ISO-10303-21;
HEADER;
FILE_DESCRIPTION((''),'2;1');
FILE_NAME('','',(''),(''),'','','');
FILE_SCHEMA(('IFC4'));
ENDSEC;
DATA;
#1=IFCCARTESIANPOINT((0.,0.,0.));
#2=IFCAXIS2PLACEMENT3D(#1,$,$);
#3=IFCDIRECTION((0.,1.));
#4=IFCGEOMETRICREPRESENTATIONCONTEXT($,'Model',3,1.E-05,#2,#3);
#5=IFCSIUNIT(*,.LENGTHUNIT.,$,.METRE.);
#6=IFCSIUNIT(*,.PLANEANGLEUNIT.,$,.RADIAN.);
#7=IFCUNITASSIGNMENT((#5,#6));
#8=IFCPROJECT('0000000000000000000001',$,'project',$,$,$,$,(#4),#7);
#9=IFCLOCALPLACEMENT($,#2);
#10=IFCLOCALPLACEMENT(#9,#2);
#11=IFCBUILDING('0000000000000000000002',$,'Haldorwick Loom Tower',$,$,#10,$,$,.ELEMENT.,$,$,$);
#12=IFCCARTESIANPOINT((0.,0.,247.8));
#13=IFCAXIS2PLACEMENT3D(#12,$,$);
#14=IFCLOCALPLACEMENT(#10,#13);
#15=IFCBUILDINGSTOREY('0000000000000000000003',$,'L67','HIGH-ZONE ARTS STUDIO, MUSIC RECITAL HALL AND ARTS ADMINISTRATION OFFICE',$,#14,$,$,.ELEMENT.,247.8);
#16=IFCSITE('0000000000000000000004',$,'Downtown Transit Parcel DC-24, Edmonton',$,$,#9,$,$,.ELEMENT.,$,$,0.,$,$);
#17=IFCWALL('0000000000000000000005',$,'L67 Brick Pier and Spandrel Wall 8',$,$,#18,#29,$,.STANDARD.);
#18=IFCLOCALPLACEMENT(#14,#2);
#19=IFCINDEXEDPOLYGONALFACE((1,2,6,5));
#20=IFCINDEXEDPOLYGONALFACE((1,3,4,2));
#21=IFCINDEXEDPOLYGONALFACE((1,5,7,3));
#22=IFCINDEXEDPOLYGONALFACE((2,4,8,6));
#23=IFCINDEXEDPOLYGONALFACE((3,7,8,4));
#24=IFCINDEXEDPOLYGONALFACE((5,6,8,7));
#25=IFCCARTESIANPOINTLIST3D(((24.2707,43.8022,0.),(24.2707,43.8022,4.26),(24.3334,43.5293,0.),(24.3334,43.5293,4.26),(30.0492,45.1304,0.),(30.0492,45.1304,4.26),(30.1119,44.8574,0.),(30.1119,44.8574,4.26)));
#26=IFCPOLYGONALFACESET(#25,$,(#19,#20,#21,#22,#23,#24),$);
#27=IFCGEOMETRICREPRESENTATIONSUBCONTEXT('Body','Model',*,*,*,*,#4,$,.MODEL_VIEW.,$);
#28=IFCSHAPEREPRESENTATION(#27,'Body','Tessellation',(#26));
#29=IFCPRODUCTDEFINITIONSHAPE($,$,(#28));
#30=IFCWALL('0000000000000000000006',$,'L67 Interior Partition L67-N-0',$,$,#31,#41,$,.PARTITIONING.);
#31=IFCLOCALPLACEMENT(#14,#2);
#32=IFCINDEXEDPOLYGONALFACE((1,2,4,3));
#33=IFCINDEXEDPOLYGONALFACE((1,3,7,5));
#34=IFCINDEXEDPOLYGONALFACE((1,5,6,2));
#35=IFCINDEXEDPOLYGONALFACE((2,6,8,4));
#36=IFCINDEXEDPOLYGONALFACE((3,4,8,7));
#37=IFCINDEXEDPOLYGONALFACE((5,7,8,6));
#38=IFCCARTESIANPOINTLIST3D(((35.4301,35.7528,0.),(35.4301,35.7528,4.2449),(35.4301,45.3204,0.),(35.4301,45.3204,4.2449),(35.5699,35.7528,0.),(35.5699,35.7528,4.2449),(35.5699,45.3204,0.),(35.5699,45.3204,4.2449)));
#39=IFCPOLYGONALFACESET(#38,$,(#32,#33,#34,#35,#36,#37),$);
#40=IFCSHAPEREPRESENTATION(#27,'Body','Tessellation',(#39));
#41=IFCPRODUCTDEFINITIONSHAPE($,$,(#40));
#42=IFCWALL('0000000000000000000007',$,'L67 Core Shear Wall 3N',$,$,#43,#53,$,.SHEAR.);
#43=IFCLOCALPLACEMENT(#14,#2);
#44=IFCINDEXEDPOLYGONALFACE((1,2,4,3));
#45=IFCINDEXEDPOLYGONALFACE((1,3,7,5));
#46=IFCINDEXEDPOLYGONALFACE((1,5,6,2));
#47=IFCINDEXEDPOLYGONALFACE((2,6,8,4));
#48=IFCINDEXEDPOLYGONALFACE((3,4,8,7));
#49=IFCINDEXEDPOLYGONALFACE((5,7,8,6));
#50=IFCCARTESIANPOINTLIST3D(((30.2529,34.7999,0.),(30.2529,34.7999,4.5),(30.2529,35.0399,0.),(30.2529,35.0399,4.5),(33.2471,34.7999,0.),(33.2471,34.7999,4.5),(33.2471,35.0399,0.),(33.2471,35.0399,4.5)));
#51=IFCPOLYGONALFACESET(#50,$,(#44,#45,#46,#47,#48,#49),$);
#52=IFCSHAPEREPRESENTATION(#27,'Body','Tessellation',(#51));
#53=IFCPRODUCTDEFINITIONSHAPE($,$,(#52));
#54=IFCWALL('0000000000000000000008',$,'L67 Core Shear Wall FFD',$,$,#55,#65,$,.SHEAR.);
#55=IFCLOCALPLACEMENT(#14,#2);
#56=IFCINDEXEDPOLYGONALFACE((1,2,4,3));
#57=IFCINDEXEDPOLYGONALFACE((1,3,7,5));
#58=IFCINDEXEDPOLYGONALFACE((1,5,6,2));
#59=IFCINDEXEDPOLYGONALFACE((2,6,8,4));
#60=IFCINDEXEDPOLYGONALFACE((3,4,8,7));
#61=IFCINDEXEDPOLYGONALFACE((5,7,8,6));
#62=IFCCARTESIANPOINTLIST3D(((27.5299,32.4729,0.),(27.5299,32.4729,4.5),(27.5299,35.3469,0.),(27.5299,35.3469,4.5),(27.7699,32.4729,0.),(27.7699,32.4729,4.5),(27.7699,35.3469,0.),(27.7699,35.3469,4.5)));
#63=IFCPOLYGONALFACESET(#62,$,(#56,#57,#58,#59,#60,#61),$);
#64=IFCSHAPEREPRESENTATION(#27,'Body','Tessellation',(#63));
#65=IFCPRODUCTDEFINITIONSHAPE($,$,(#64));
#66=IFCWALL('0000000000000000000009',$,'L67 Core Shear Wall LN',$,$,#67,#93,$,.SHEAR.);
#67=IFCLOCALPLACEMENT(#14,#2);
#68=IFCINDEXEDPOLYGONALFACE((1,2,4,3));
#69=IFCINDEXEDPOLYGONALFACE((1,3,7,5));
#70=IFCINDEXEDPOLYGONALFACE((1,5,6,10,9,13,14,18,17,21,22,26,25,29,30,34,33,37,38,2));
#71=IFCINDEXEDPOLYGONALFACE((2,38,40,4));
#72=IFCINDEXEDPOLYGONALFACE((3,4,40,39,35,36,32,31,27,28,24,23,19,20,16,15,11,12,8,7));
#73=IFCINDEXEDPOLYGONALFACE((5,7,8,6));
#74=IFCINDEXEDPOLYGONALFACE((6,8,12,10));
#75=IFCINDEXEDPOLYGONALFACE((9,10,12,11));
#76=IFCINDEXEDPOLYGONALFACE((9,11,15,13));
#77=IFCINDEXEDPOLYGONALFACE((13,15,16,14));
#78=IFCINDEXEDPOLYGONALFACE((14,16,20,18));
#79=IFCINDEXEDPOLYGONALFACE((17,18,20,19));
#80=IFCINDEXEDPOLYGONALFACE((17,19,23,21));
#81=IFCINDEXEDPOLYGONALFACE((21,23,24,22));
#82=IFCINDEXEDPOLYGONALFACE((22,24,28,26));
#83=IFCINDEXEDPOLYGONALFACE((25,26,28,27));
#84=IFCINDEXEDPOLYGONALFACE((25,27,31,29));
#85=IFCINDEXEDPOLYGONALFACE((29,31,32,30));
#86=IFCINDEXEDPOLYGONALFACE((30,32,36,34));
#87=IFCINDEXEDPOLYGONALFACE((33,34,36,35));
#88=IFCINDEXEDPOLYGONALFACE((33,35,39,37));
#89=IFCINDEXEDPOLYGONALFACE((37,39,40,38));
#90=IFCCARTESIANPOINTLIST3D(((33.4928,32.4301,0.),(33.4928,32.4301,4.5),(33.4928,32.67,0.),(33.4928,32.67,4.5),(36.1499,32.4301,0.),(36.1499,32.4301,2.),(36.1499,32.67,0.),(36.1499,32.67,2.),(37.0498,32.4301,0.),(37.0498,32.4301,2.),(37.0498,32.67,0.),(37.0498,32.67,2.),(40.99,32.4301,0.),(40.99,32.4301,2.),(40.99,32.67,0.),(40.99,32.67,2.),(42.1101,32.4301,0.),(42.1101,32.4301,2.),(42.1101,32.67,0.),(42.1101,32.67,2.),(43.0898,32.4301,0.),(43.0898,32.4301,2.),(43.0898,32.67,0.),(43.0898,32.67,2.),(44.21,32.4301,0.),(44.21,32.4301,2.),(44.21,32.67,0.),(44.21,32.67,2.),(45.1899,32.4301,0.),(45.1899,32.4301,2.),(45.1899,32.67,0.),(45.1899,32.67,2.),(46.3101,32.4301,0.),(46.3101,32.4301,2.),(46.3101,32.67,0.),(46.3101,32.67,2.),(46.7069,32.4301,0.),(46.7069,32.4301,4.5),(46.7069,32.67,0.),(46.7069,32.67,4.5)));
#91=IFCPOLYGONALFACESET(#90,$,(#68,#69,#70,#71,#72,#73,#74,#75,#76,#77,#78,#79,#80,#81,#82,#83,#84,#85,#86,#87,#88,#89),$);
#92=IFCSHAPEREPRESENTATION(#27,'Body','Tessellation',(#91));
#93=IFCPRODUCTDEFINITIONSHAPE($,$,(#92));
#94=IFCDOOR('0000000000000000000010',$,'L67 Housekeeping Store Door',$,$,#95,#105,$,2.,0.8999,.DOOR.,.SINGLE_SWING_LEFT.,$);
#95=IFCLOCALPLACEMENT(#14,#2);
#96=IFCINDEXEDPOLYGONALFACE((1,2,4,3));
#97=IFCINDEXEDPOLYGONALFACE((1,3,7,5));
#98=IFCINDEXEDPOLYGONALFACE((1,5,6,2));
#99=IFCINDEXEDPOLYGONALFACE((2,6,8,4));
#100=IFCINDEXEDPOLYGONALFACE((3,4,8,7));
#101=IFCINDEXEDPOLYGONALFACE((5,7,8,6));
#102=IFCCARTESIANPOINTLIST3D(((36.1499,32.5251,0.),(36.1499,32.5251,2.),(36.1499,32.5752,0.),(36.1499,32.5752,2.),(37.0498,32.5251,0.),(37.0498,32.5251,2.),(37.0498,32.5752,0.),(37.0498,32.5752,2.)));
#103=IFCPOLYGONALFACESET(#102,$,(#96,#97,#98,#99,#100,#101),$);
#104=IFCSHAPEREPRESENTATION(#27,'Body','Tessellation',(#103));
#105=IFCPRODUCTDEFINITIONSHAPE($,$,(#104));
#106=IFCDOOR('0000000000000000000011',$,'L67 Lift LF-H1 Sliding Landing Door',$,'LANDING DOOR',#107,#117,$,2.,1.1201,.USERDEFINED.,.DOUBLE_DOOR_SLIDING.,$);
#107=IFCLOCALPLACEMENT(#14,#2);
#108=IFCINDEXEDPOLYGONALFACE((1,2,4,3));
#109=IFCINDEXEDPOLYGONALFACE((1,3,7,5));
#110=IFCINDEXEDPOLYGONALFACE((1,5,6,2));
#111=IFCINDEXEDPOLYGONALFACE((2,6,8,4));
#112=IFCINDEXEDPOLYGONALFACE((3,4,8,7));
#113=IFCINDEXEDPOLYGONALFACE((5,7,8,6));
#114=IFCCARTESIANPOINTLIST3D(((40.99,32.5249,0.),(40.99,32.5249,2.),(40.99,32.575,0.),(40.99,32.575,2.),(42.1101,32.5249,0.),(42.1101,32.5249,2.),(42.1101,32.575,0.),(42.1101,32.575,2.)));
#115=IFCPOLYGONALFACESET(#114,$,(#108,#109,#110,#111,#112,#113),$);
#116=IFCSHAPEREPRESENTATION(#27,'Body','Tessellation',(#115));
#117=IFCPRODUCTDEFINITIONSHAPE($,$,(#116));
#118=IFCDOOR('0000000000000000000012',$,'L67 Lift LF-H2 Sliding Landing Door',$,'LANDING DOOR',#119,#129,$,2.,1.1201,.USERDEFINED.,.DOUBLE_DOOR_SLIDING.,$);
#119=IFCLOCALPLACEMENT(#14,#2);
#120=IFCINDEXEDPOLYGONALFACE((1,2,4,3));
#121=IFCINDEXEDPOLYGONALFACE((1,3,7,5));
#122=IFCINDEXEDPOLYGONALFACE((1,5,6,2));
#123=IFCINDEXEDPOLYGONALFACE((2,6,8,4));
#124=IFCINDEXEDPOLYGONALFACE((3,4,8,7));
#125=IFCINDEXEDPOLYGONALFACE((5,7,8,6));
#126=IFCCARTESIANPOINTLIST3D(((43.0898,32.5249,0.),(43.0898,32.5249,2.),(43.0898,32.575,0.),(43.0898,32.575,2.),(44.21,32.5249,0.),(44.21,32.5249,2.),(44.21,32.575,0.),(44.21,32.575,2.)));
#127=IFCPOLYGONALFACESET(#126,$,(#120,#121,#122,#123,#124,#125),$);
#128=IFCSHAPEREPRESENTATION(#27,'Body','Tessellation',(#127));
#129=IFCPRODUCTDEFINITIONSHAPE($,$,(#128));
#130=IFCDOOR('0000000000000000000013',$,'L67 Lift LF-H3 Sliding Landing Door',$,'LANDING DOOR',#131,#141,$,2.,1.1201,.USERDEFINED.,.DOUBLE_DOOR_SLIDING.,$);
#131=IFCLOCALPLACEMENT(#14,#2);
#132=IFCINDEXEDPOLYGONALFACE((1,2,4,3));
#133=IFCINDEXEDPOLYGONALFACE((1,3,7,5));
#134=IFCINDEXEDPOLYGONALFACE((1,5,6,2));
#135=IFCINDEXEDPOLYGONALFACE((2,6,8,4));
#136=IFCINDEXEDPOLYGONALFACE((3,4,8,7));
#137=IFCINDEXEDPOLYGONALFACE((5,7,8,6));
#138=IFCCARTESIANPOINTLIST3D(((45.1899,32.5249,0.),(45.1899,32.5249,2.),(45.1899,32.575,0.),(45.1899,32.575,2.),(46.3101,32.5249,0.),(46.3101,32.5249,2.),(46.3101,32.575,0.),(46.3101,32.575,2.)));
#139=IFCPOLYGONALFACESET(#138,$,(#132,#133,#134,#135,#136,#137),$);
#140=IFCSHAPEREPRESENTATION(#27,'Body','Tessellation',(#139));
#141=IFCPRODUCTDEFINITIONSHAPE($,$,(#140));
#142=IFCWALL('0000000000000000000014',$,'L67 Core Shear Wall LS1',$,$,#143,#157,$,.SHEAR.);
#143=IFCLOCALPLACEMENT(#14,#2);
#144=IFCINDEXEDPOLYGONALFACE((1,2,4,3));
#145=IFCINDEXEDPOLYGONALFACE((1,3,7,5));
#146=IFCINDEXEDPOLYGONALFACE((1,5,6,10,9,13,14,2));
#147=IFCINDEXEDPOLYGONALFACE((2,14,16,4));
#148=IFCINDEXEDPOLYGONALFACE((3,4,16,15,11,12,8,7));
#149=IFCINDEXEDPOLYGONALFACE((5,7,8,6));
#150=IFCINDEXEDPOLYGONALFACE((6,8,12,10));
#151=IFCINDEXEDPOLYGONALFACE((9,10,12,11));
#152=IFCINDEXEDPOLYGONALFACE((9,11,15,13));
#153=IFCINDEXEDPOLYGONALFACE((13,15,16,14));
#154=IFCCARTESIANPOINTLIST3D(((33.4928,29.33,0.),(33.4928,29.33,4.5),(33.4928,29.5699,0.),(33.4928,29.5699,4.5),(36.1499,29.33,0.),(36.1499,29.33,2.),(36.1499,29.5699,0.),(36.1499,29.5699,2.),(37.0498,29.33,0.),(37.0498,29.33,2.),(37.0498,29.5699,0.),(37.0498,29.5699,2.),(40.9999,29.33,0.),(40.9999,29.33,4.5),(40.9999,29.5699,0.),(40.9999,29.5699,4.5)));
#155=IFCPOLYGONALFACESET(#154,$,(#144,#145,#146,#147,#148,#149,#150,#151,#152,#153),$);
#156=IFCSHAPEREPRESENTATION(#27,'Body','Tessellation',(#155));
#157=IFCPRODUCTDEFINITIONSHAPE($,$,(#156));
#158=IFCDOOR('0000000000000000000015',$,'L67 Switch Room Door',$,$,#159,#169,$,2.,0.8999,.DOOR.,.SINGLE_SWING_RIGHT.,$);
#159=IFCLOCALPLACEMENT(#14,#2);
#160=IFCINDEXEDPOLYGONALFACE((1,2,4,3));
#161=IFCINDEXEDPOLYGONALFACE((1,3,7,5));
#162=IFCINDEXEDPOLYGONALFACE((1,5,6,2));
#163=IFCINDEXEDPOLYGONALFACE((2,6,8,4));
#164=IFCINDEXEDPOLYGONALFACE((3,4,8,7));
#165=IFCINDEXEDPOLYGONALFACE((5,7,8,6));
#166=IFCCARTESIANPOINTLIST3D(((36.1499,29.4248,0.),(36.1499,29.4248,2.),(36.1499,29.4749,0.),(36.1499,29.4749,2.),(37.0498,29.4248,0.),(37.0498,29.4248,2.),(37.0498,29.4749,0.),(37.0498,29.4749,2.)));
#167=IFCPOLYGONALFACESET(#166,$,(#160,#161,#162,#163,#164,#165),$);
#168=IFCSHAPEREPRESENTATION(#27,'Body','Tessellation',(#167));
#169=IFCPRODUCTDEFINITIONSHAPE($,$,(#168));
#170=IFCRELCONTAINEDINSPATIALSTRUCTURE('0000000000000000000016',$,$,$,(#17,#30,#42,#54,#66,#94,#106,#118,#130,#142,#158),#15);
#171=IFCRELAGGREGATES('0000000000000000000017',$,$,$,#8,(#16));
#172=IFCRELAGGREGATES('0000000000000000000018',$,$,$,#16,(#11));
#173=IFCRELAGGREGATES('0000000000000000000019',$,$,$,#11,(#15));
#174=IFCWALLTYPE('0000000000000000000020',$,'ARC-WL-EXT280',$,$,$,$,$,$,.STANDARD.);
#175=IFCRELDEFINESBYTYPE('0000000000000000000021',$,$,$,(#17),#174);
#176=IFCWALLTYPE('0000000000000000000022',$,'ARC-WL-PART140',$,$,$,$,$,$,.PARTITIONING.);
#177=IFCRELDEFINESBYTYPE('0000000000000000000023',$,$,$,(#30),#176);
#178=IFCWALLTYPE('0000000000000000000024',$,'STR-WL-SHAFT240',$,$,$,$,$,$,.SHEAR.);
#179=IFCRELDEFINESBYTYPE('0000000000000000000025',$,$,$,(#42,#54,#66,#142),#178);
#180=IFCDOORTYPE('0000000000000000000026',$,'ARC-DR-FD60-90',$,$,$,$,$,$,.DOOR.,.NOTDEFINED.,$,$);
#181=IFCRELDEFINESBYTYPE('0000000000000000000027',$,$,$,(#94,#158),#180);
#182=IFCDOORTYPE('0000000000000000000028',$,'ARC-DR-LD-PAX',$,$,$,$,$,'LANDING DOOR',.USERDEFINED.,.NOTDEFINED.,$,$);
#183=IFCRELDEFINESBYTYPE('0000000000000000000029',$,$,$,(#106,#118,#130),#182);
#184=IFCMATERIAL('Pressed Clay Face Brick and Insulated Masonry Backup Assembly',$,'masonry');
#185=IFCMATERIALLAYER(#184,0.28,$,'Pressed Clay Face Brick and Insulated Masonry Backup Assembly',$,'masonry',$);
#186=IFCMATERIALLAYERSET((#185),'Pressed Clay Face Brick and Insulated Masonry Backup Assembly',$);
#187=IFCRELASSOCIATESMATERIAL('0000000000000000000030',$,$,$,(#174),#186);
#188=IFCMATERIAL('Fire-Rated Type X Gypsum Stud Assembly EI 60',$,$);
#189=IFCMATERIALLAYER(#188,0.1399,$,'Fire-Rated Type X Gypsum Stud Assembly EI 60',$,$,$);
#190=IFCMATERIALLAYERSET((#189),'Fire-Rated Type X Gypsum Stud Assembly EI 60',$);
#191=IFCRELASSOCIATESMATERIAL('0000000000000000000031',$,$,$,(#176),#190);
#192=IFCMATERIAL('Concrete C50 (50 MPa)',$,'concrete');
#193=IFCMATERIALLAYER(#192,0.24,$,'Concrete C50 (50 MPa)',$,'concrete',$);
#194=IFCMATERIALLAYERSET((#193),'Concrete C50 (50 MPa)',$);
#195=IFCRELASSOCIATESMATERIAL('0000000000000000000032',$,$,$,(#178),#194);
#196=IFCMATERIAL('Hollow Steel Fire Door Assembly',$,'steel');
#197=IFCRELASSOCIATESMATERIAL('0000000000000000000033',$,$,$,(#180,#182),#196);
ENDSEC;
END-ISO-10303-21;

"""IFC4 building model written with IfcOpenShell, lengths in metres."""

from ifc_helpers import new_model, si_unit, direction, frame, frame_2d, origin, place, context, subcontext, project, spatial, rectangle, extrude, material, layer, layer_set, type_object, element, fill, save


model = new_model("IFC4")

# Units and contexts
model_context = context("Model", 3, precision=1e-05, world=origin(), true_north=direction((0.0, 1.0)))
body_context = subcontext(model_context, "Body", "Model", "MODEL_VIEW")
ifc_project = project(units=[si_unit("LENGTHUNIT", "METRE"), si_unit("PLANEANGLEUNIT", "RADIAN")], contexts=[model_context])

# Site, building, storey
site_placement = place(None, origin())
site = spatial("IfcSite", under=ifc_project, at=site_placement, Name="Downtown Transit Parcel DC-24, Edmonton", CompositionType="ELEMENT", RefElevation=0.0)
building_placement = place(site_placement, origin())
building = spatial("IfcBuilding", under=site, at=building_placement, Name="Haldorwick Loom Tower", CompositionType="ELEMENT")
storey_placement = place(building_placement, frame((0.0, 0.0, 247.8)))
storey = spatial("IfcBuildingStorey", under=building, at=storey_placement, Name="L67", Description="HIGH-ZONE ARTS STUDIO, MUSIC RECITAL HALL AND ARTS ADMINISTRATION OFFICE", CompositionType="ELEMENT", Elevation=247.8)

# Shared definitions
ifc_material_1 = material(Name="Concrete C50 (50 MPa)", Category="concrete")

# Walls
ifc_material_2 = material(Name="Pressed Clay Face Brick and Insulated Masonry Backup Assembly", Category="masonry")
ifc_layer_1 = layer(ifc_material_2, 0.28, Name="Pressed Clay Face Brick and Insulated Masonry Backup Assembly", Category="masonry")
ifc_layer_set_1 = layer_set([ifc_layer_1], Name="Pressed Clay Face Brick and Insulated Masonry Backup Assembly")
wall_type_1 = type_object("IfcWallType", Name="ARC-WL-EXT280", PredefinedType="STANDARD", material=ifc_layer_set_1)
wall_1_placement = place(storey_placement, frame((30.0806, 44.9939, 0.0), z_axis=(0.0, 0.0, 1.0), x_axis=(-0.97459, -0.223996, 0.0)))
element("IfcWall", 1, at=wall_1_placement, inside=storey, type_object=wall_type_1, Name="L67 Brick Pier and Spandrel Wall 8", PredefinedType="STANDARD", context=body_context, shape_type="SweptSolid", body=[
    extrude(rectangle(XDim=5.9292, YDim=0.28, at=frame_2d((2.9646, 0.0))), origin(), (0.0, 0.0, 1.0), 4.26),
])
ifc_material_3 = material(Name="Fire-Rated Type X Gypsum Stud Assembly EI 60")
ifc_layer_2 = layer(ifc_material_3, 0.1399, Name="Fire-Rated Type X Gypsum Stud Assembly EI 60")
ifc_layer_set_2 = layer_set([ifc_layer_2], Name="Fire-Rated Type X Gypsum Stud Assembly EI 60")
wall_type_2 = type_object("IfcWallType", Name="ARC-WL-PART140", PredefinedType="PARTITIONING", material=ifc_layer_set_2)
wall_2_placement = place(storey_placement, frame((35.5, 35.7529, 0.0), z_axis=(0.0, 0.0, 1.0), x_axis=(0.0, 1.0, 0.0)))
element("IfcWall", 2, at=wall_2_placement, inside=storey, type_object=wall_type_2, Name="L67 Interior Partition L67-N-0", PredefinedType="PARTITIONING", context=body_context, shape_type="SweptSolid", body=[
    extrude(rectangle(XDim=9.5676, YDim=0.1399, at=frame_2d((4.7837, 0.0))), origin(), (0.0, 0.0, 1.0), 4.2449),
])
ifc_layer_3 = layer(ifc_material_1, 0.24, Name="Concrete C50 (50 MPa)", Category="concrete")
ifc_layer_set_3 = layer_set([ifc_layer_3], Name="Concrete C50 (50 MPa)")
wall_type_3 = type_object("IfcWallType", Name="STR-WL-SHAFT240", PredefinedType="SHEAR", material=ifc_layer_set_3)
wall_3_placement = place(storey_placement, frame((30.2529, 34.9199, 0.0), z_axis=(0.0, 0.0, 1.0), x_axis=(1.0, 0.0, 0.0)))
element("IfcWall", 3, at=wall_3_placement, inside=storey, type_object=wall_type_3, Name="L67 Core Shear Wall 3N", PredefinedType="SHEAR", context=body_context, shape_type="SweptSolid", body=[
    extrude(rectangle(XDim=2.9941, YDim=0.24, at=frame_2d((1.4971, 0.0))), origin(), (0.0, 0.0, 1.0), 4.5),
])
wall_4_placement = place(storey_placement, frame((27.6499, 32.4729, 0.0), z_axis=(0.0, 0.0, 1.0), x_axis=(0.0, 1.0, 0.0)))
element("IfcWall", 4, at=wall_4_placement, inside=storey, type_object=wall_type_3, Name="L67 Core Shear Wall FFD", PredefinedType="SHEAR", context=body_context, shape_type="SweptSolid", body=[
    extrude(rectangle(XDim=2.874, YDim=0.24, at=frame_2d((1.437, 0.0))), origin(), (0.0, 0.0, 1.0), 4.5),
])

# Wall, openings, doors
wall_5_placement = place(storey_placement, frame((33.4929, 32.55, 0.0), z_axis=(0.0, 0.0, 1.0), x_axis=(1.0, 0.0, 0.0)))
wall_5 = element("IfcWall", 5, at=wall_5_placement, inside=storey, type_object=wall_type_3, Name="L67 Core Shear Wall LN", PredefinedType="SHEAR", context=body_context, shape_type="SweptSolid", body=[
    extrude(rectangle(XDim=13.2141, YDim=0.24, at=frame_2d((6.6069, 0.0))), origin(), (0.0, 0.0, 1.0), 4.5),
])
opening_1_placement = place(wall_5_placement, frame((2.657, 0.0, 0.0)))
opening_1 = element("IfcOpeningElement", 6, at=opening_1_placement, cuts=wall_5, PredefinedType="OPENING", context=body_context, shape_type="SweptSolid", body=[
    extrude(rectangle(XDim=0.8999, YDim=2.0, at=frame_2d((0.45, 1.0))), frame((0.0, 0.1299, 0.0), z_axis=(0.0, -1.0, 0.0), x_axis=(1.0, 0.0, 0.0)), (0.0, 0.0, 1.0), 0.26),
])
opening_2_placement = place(wall_5_placement, frame((7.4971, 0.0, 0.0)))
opening_2 = element("IfcOpeningElement", 7, at=opening_2_placement, cuts=wall_5, PredefinedType="OPENING", context=body_context, shape_type="SweptSolid", body=[
    extrude(rectangle(XDim=1.1201, YDim=2.0, at=frame_2d((0.5601, 1.0))), frame((0.0, 0.1299, 0.0), z_axis=(0.0, -1.0, 0.0), x_axis=(1.0, 0.0, 0.0)), (0.0, 0.0, 1.0), 0.26),
])
opening_3_placement = place(wall_5_placement, frame((9.5969, 0.0, 0.0)))
opening_3 = element("IfcOpeningElement", 8, at=opening_3_placement, cuts=wall_5, PredefinedType="OPENING", context=body_context, shape_type="SweptSolid", body=[
    extrude(rectangle(XDim=1.1201, YDim=2.0, at=frame_2d((0.5601, 1.0))), frame((0.0, 0.1299, 0.0), z_axis=(0.0, -1.0, 0.0), x_axis=(1.0, 0.0, 0.0)), (0.0, 0.0, 1.0), 0.26),
])
opening_4_placement = place(wall_5_placement, frame((11.697, 0.0, 0.0)))
opening_4 = element("IfcOpeningElement", 9, at=opening_4_placement, cuts=wall_5, PredefinedType="OPENING", context=body_context, shape_type="SweptSolid", body=[
    extrude(rectangle(XDim=1.1201, YDim=2.0, at=frame_2d((0.5601, 1.0))), frame((0.0, 0.1299, 0.0), z_axis=(0.0, -1.0, 0.0), x_axis=(1.0, 0.0, 0.0)), (0.0, 0.0, 1.0), 0.26),
])
ifc_material_4 = material(Name="Hollow Steel Fire Door Assembly", Category="steel")
door_type_1 = type_object("IfcDoorType", Name="ARC-DR-FD60-90", OperationType="NOTDEFINED", PredefinedType="DOOR", material=ifc_material_4)
door_1_placement = place(opening_1_placement, frame((0.8999, 0.0, 0.0), z_axis=(0.0, 0.0, 1.0), x_axis=(-1.0, 0.0, 0.0)))
door_1 = element("IfcDoor", 10, at=door_1_placement, inside=storey, type_object=door_type_1, Name="L67 Housekeeping Store Door", OperationType="SINGLE_SWING_LEFT", OverallHeight=2.0, OverallWidth=0.8999, PredefinedType="DOOR", context=body_context, shape_type="SweptSolid", body=[
    extrude(rectangle(XDim=0.8999, YDim=2.0, at=frame_2d((0.45, 1.0))), frame((0.0, 0.0249, 0.0), z_axis=(0.0, -1.0, 0.0), x_axis=(1.0, 0.0, 0.0)), (0.0, 0.0, 1.0), 0.05),
])
fill(opening_1, door_1)
door_type_2 = type_object("IfcDoorType", Name="ARC-DR-LD-PAX", ElementType="LANDING DOOR", OperationType="NOTDEFINED", PredefinedType="USERDEFINED", material=ifc_material_4)
door_2_placement = place(opening_2_placement, origin())
door_2 = element("IfcDoor", 11, at=door_2_placement, inside=storey, type_object=door_type_2, Name="L67 Lift LF-H1 Sliding Landing Door", ObjectType="LANDING DOOR", OperationType="DOUBLE_DOOR_SLIDING", OverallHeight=2.0, OverallWidth=1.1201, PredefinedType="USERDEFINED", context=body_context, shape_type="SweptSolid", body=[
    extrude(rectangle(XDim=1.1201, YDim=2.0, at=frame_2d((0.5601, 1.0))), frame((0.0, 0.0249, 0.0), z_axis=(0.0, -1.0, 0.0), x_axis=(1.0, 0.0, 0.0)), (0.0, 0.0, 1.0), 0.05),
])
fill(opening_2, door_2)
door_3_placement = place(opening_3_placement, origin())
door_3 = element("IfcDoor", 12, at=door_3_placement, inside=storey, type_object=door_type_2, Name="L67 Lift LF-H2 Sliding Landing Door", ObjectType="LANDING DOOR", OperationType="DOUBLE_DOOR_SLIDING", OverallHeight=2.0, OverallWidth=1.1201, PredefinedType="USERDEFINED", context=body_context, shape_type="SweptSolid", body=[
    extrude(rectangle(XDim=1.1201, YDim=2.0, at=frame_2d((0.5601, 1.0))), frame((0.0, 0.0249, 0.0), z_axis=(0.0, -1.0, 0.0), x_axis=(1.0, 0.0, 0.0)), (0.0, 0.0, 1.0), 0.05),
])
fill(opening_3, door_3)
door_4_placement = place(opening_4_placement, origin())
door_4 = element("IfcDoor", 13, at=door_4_placement, inside=storey, type_object=door_type_2, Name="L67 Lift LF-H3 Sliding Landing Door", ObjectType="LANDING DOOR", OperationType="DOUBLE_DOOR_SLIDING", OverallHeight=2.0, OverallWidth=1.1201, PredefinedType="USERDEFINED", context=body_context, shape_type="SweptSolid", body=[
    extrude(rectangle(XDim=1.1201, YDim=2.0, at=frame_2d((0.5601, 1.0))), frame((0.0, 0.0249, 0.0), z_axis=(0.0, -1.0, 0.0), x_axis=(1.0, 0.0, 0.0)), (0.0, 0.0, 1.0), 0.05),
])
fill(opening_4, door_4)

# Wall, opening, door
wall_6_placement = place(storey_placement, frame((33.4929, 29.45, 0.0), z_axis=(0.0, 0.0, 1.0), x_axis=(1.0, 0.0, 0.0)))
wall_6 = element("IfcWall", 14, at=wall_6_placement, inside=storey, type_object=wall_type_3, Name="L67 Core Shear Wall LS1", PredefinedType="SHEAR", context=body_context, shape_type="SweptSolid", body=[
    extrude(rectangle(XDim=7.5071, YDim=0.24, at=frame_2d((3.7534, 0.0))), origin(), (0.0, 0.0, 1.0), 4.5),
])
opening_5_placement = place(wall_6_placement, frame((2.657, 0.0, 0.0)))
opening_5 = element("IfcOpeningElement", 15, at=opening_5_placement, cuts=wall_6, PredefinedType="OPENING", context=body_context, shape_type="SweptSolid", body=[
    extrude(rectangle(XDim=0.8999, YDim=2.0, at=frame_2d((0.45, 1.0))), frame((0.0, 0.1299, 0.0), z_axis=(0.0, -1.0, 0.0), x_axis=(1.0, 0.0, 0.0)), (0.0, 0.0, 1.0), 0.26),
])
door_5_placement = place(opening_5_placement, origin())
door_5 = element("IfcDoor", 16, at=door_5_placement, inside=storey, type_object=door_type_1, Name="L67 Switch Room Door", OperationType="SINGLE_SWING_RIGHT", OverallHeight=2.0, OverallWidth=0.8999, PredefinedType="DOOR", context=body_context, shape_type="SweptSolid", body=[
    extrude(rectangle(XDim=0.8999, YDim=2.0, at=frame_2d((0.45, 1.0))), frame((0.0, 0.0249, 0.0), z_axis=(0.0, -1.0, 0.0), x_axis=(1.0, 0.0, 0.0)), (0.0, 0.0, 1.0), 0.05),
])
fill(opening_5, door_5)

save(model, "model.ifc")
